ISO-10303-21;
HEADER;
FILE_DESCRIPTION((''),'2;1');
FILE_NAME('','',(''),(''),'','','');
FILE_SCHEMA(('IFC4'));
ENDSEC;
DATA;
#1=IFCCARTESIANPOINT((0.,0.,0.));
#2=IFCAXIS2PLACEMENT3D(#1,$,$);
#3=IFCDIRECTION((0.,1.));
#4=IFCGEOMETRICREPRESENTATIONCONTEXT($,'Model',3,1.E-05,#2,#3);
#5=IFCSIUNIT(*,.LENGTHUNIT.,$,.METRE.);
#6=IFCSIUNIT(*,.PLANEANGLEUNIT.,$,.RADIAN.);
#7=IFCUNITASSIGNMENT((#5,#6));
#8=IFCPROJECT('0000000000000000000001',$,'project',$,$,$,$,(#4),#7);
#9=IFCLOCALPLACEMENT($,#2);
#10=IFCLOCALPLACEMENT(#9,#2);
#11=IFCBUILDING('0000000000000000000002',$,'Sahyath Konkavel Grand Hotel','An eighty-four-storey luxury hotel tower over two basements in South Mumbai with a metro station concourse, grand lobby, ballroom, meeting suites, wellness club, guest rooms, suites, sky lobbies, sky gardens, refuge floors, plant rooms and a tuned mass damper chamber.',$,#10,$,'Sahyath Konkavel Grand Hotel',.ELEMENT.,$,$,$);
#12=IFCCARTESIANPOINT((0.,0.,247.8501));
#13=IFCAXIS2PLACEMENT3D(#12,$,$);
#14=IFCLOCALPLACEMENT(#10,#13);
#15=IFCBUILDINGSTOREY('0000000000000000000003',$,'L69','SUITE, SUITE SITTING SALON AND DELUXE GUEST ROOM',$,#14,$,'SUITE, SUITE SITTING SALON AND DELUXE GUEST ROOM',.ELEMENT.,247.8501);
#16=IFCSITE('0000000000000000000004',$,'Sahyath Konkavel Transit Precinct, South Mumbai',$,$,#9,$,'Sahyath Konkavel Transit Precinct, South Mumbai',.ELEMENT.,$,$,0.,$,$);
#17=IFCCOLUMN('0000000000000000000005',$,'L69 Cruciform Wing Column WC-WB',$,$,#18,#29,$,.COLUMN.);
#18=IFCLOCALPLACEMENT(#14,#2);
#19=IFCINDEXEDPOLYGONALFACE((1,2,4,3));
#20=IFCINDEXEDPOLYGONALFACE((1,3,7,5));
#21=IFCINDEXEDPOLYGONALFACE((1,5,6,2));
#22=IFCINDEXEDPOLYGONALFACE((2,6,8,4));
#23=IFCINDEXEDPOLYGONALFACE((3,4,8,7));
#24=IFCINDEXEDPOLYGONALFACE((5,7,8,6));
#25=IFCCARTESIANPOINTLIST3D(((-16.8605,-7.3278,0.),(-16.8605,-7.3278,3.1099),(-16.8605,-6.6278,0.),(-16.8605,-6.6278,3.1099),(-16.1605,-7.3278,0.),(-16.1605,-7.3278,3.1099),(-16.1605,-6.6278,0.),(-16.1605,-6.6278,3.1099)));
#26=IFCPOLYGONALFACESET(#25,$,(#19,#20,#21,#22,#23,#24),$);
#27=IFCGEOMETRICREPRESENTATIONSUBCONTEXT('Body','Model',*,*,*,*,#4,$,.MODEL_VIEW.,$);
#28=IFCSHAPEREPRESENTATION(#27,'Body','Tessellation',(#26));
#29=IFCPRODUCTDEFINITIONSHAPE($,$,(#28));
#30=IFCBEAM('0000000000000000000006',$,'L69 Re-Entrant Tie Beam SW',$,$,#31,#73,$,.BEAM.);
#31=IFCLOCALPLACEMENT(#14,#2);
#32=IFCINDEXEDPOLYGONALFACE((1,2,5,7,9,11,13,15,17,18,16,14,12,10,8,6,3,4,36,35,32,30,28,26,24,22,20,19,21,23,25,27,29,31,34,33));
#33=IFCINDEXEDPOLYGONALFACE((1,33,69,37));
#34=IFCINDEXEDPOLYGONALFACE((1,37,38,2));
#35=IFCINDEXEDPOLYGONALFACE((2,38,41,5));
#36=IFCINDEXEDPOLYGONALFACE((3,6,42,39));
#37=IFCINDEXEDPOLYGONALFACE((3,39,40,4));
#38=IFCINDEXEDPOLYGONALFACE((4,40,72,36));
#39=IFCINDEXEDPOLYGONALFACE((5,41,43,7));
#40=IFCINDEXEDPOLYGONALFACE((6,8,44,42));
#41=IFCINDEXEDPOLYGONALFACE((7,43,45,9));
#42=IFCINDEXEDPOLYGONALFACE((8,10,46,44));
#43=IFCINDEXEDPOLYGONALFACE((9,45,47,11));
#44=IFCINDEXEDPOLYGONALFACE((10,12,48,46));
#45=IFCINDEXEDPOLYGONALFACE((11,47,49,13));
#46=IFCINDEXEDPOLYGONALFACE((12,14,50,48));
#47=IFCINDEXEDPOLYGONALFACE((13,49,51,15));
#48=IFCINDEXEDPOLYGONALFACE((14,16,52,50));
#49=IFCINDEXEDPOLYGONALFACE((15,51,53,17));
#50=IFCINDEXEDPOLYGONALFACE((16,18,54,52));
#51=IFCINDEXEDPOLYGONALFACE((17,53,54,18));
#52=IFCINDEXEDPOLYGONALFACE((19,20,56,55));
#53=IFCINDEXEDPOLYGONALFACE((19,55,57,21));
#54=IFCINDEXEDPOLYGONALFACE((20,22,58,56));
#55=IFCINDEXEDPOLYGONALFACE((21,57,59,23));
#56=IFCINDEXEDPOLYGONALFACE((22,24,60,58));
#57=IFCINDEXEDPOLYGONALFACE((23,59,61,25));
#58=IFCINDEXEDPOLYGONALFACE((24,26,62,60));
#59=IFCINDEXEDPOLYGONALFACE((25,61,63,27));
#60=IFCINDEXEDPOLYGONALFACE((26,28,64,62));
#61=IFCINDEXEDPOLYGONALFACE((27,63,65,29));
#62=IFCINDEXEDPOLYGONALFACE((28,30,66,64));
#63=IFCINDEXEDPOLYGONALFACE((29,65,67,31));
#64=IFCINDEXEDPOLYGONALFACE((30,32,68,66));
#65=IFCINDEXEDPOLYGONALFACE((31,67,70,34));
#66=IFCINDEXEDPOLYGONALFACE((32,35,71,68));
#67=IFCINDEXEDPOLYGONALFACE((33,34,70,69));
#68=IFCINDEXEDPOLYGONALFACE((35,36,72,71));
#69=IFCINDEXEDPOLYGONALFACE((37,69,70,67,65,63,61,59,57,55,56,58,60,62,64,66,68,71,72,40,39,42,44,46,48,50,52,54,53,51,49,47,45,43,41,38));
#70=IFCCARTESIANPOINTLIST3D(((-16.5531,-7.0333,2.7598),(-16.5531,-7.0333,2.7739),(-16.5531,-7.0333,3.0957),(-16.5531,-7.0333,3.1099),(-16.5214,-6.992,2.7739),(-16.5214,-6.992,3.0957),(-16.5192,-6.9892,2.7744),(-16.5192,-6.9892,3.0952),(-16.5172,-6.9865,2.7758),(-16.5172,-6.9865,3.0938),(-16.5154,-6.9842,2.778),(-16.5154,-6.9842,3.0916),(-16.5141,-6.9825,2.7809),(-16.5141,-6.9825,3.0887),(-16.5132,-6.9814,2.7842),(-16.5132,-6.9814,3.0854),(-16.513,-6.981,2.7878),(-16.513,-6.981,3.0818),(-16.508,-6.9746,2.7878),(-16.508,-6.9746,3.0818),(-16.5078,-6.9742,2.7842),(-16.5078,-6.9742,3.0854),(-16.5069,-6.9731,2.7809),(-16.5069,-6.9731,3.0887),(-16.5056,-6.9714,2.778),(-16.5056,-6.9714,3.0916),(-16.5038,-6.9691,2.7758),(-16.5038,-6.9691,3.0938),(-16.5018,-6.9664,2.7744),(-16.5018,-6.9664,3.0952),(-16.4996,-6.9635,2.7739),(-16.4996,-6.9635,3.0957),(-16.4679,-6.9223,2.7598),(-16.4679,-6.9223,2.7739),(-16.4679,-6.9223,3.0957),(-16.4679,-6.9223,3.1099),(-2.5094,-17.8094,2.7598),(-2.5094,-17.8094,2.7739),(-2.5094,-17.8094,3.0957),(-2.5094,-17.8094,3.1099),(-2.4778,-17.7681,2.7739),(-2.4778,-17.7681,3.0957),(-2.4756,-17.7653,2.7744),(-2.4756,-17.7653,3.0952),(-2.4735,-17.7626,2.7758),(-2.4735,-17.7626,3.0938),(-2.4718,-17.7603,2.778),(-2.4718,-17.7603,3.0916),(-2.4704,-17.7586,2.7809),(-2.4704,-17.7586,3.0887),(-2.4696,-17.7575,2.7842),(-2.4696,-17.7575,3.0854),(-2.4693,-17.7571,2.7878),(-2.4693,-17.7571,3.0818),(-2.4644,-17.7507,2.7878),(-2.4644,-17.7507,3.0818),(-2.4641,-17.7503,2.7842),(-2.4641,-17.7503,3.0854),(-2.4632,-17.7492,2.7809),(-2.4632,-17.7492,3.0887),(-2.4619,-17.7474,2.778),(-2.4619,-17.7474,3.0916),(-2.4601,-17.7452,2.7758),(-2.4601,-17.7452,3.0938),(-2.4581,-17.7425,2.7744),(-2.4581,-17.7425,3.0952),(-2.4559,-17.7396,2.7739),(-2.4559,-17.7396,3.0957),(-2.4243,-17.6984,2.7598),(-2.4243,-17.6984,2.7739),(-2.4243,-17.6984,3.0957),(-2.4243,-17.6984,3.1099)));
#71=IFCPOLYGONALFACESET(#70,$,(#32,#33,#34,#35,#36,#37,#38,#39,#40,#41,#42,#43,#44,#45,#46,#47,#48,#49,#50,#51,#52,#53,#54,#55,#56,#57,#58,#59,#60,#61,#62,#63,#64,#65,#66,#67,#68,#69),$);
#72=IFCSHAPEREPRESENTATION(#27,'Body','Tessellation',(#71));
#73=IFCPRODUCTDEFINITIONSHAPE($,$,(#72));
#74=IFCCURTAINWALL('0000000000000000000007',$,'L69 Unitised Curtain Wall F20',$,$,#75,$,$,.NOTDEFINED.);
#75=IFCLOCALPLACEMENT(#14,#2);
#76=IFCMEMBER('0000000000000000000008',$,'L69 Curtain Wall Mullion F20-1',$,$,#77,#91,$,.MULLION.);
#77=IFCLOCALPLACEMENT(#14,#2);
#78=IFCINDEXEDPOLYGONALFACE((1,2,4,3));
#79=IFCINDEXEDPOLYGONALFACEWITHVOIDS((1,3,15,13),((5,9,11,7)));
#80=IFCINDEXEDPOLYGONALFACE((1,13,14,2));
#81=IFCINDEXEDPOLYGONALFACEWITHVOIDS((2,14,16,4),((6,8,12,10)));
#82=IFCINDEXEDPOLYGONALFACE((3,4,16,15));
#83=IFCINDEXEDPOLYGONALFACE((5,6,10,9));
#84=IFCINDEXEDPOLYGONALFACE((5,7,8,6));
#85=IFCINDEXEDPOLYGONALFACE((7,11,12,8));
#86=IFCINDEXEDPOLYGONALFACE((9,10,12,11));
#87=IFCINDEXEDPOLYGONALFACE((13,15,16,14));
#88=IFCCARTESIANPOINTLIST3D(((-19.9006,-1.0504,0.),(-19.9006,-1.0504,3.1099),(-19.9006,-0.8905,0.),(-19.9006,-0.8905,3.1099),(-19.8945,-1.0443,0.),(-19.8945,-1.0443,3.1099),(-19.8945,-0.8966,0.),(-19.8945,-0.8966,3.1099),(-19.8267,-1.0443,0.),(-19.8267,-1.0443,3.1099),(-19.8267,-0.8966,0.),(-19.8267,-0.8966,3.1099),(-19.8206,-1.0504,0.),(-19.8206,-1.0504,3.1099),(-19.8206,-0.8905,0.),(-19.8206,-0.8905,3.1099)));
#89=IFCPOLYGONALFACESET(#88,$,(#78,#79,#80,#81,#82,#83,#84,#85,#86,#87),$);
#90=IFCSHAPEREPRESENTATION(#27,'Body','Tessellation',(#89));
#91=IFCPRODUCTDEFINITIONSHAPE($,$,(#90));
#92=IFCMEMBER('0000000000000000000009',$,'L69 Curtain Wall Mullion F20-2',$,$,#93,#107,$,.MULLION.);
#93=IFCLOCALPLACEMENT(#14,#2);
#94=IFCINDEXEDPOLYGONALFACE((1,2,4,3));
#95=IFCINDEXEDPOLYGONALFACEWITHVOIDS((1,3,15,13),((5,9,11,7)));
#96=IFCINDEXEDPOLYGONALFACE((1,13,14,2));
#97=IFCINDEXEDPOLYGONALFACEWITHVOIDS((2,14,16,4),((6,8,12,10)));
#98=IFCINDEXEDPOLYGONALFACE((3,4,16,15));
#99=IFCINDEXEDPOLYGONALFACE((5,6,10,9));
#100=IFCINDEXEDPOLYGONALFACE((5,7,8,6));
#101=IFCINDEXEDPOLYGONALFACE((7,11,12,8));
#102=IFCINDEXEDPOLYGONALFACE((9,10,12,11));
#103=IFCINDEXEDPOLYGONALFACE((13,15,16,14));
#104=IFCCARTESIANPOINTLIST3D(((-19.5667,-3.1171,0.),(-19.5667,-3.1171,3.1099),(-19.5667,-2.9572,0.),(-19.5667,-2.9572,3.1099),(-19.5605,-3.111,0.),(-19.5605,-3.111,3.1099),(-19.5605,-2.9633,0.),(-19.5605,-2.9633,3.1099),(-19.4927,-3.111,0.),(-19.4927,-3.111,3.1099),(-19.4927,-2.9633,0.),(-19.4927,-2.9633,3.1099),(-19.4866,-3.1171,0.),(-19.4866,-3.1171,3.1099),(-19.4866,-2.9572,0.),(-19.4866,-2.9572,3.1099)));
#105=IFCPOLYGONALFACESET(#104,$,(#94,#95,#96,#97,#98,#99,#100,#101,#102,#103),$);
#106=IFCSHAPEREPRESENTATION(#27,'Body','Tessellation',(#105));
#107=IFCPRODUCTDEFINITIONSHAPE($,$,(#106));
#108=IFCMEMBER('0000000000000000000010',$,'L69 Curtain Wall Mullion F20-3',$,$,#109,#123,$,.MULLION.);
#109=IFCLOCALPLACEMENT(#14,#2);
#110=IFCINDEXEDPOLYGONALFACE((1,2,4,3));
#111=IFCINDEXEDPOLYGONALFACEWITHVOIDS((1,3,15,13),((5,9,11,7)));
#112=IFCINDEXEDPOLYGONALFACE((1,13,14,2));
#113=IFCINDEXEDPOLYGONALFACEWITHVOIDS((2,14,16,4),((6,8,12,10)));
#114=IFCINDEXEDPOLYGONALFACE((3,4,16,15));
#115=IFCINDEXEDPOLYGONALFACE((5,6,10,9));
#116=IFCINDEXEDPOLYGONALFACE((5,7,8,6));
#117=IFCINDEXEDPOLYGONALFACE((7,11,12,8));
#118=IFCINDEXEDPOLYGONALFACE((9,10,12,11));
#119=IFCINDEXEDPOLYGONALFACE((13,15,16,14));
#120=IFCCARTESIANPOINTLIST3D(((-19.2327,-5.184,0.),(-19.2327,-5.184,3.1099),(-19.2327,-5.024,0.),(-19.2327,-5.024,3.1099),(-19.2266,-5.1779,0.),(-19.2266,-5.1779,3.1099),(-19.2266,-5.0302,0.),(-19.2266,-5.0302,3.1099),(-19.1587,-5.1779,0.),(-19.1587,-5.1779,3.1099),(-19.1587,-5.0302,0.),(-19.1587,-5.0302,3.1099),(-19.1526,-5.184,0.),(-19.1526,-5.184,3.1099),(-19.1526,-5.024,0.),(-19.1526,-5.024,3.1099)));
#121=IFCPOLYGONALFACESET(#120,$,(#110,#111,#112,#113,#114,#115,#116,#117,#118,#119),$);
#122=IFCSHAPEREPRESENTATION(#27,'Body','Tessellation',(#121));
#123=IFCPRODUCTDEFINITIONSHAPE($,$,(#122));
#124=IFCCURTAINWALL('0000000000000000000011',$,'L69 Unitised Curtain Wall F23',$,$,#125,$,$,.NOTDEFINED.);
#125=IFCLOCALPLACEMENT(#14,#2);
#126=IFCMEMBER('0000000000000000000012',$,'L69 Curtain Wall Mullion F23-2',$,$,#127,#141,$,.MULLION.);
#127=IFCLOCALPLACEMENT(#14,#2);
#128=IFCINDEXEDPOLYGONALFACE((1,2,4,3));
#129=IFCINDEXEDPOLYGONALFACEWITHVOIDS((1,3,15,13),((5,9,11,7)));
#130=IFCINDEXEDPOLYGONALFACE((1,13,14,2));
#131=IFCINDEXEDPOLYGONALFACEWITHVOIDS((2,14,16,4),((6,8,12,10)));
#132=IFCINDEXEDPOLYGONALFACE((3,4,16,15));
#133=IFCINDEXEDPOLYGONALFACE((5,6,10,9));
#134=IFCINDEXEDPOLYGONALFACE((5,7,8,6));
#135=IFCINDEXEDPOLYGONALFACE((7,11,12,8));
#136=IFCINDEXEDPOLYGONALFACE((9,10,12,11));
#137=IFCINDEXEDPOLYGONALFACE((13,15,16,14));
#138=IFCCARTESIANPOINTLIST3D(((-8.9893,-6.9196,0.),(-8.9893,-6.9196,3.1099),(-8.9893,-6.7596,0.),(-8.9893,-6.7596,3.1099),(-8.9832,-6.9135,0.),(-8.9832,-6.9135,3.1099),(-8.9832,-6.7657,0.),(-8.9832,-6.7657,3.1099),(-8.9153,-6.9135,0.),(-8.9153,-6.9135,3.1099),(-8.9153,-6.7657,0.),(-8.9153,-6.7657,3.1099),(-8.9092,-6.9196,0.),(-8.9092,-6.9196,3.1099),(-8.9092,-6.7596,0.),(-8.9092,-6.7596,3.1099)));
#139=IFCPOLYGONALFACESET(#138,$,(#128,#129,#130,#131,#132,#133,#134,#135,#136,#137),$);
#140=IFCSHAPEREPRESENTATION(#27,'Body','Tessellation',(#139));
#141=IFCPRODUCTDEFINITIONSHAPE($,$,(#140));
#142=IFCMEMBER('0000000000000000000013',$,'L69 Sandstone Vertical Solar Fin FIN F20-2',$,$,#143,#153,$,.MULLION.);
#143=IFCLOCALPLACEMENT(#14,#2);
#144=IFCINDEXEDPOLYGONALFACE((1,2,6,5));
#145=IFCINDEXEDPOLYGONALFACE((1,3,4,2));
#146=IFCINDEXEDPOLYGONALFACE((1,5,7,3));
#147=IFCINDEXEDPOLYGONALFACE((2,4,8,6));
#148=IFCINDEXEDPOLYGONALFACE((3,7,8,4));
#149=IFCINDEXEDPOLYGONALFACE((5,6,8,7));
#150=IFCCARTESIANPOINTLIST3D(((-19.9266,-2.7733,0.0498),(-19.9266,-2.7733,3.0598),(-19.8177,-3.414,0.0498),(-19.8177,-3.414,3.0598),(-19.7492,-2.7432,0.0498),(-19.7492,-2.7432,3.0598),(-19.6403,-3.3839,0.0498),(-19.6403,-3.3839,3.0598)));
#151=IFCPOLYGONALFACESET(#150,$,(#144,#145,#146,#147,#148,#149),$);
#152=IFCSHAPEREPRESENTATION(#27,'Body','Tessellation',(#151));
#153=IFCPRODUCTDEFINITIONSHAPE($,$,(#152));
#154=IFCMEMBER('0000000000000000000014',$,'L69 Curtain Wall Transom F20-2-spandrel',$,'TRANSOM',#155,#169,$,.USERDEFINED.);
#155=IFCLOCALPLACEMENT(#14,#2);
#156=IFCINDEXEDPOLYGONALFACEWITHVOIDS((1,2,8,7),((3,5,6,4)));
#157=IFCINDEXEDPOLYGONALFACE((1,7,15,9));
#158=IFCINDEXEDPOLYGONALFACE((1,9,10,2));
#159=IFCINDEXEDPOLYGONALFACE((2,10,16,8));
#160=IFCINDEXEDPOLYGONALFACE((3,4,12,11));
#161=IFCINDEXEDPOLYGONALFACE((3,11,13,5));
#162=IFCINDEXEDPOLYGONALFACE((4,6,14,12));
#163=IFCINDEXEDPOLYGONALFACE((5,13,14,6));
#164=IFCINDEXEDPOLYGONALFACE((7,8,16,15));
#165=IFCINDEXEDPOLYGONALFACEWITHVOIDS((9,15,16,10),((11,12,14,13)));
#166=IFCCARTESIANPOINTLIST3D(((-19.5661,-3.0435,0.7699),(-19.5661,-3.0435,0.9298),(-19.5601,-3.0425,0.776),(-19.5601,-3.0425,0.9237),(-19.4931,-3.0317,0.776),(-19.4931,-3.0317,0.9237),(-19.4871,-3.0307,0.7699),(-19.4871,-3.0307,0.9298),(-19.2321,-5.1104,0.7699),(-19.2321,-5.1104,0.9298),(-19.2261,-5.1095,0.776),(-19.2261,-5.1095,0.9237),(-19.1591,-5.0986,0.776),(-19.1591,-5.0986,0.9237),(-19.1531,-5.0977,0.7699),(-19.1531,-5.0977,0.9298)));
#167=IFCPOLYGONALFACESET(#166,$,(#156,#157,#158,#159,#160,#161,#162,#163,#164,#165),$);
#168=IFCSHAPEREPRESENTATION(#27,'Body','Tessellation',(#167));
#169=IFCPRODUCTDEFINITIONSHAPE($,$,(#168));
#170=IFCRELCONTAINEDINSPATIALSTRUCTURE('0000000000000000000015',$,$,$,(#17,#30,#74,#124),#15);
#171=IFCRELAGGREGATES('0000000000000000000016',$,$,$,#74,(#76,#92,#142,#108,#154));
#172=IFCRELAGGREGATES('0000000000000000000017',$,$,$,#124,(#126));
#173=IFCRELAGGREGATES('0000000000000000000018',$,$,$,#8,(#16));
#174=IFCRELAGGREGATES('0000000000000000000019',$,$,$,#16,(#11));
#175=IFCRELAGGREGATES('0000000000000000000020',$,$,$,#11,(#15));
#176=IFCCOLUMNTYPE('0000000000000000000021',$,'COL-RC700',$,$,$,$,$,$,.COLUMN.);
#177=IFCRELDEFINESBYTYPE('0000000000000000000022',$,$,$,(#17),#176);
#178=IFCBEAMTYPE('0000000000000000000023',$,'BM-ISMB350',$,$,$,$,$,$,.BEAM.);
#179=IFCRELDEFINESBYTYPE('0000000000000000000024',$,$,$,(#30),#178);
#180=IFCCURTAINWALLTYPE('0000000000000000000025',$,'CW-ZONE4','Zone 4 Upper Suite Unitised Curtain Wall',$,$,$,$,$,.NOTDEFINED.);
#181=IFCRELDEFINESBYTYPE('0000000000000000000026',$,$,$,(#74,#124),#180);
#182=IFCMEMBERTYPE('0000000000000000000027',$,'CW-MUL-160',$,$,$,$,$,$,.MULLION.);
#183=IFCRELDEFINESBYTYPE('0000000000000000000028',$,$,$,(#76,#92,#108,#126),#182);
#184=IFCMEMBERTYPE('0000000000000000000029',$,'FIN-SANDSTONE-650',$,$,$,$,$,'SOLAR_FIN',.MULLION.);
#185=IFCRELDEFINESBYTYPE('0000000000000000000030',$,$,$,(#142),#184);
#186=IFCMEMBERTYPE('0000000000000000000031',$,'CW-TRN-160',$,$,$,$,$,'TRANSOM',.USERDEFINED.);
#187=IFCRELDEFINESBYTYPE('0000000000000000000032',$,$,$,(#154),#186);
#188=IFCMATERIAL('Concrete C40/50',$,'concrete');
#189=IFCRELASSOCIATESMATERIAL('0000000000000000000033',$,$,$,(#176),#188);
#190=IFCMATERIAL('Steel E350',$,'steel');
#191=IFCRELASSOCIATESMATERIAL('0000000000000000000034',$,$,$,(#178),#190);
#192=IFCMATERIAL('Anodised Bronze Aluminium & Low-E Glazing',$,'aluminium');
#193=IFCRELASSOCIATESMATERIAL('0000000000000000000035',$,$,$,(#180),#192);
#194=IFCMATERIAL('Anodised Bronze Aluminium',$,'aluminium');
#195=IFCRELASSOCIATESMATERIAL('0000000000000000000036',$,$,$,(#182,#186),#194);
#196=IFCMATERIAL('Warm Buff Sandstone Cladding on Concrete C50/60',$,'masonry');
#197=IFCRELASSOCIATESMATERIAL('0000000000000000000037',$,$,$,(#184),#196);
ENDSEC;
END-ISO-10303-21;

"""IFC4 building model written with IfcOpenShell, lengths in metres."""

from ifc_helpers import new_model, si_unit, direction, frame, origin, origin_2d, place, context, subcontext, project, spatial, rectangle, hollow_rectangle, i_section, extrude, source, transform, mapped, material, material_profile, profile_set, type_object, element, aggregate, save


model = new_model("IFC4")

# Units and contexts
model_context = context("Model", 3, precision=1e-05, world=origin(), true_north=direction((0.0, 1.0)))
body_context = subcontext(model_context, "Body", "Model", "MODEL_VIEW")
ifc_project = project(units=[si_unit("LENGTHUNIT", "METRE"), si_unit("PLANEANGLEUNIT", "RADIAN")], contexts=[model_context])

# Site, building, storey
site_placement = place(None, origin())
site = spatial("IfcSite", under=ifc_project, at=site_placement, Name="Sahyath Konkavel Transit Precinct, South Mumbai", LongName="Sahyath Konkavel Transit Precinct, South Mumbai", CompositionType="ELEMENT", RefElevation=0.0)
building_placement = place(site_placement, origin())
building = spatial("IfcBuilding", under=site, at=building_placement, Name="Sahyath Konkavel Grand Hotel", Description="An eighty-four-storey luxury hotel tower over two basements in South Mumbai with a metro station concourse, grand lobby, ballroom, meeting suites, wellness club, guest rooms, suites, sky lobbies, sky gardens, refuge floors, plant rooms and a tuned mass damper chamber.", LongName="Sahyath Konkavel Grand Hotel", CompositionType="ELEMENT")
storey_placement = place(building_placement, frame((0.0, 0.0, 247.8501)))
storey = spatial("IfcBuildingStorey", under=building, at=storey_placement, Name="L69", Description="SUITE, SUITE SITTING SALON AND DELUXE GUEST ROOM", LongName="SUITE, SUITE SITTING SALON AND DELUXE GUEST ROOM", CompositionType="ELEMENT", Elevation=247.8501)

# Column
ifc_material_1 = material(Name="Concrete C40/50", Category="concrete")
ifc_material_profile_1 = material_profile(ifc_material_1, rectangle(XDim=0.7, YDim=0.7, at=origin_2d()), Name="RC 700x700")
ifc_profile_set_1 = profile_set([ifc_material_profile_1], Name="Concrete C40/50")
column_type = type_object("IfcColumnType", Name="COL-RC700", PredefinedType="COLUMN", material=ifc_profile_set_1)
shared_shape_1 = source(origin(), body_context, "Body", "SweptSolid", [
    extrude(rectangle(XDim=0.7, YDim=0.7, at=origin_2d()), origin(), (0.0, 0.0, 1.0), 3.1099),
])
column_placement = place(storey_placement, frame((-16.5105, -6.9778, 0.0), z_axis=(0.0, 0.0, 1.0), x_axis=(1.0, 0.0, 0.0)))
element("IfcColumn", 1, at=column_placement, inside=storey, type_object=column_type, Name="L69 Cruciform Wing Column WC-WB", PredefinedType="COLUMN", context=body_context, shape_type="MappedRepresentation", body=[
    mapped(shared_shape_1, transform((0.0, 0.0, 0.0), scale=1.0)),
])

# Beam
ifc_material_2 = material(Name="Steel E350", Category="steel")
ifc_material_profile_2 = material_profile(ifc_material_2, i_section(OverallWidth=0.1399, OverallDepth=0.3501, WebThickness=0.0081, FlangeThickness=0.0142, FilletRadius=0.0139, at=origin_2d()), Name="ISMB 350")
ifc_profile_set_2 = profile_set([ifc_material_profile_2], Name="Steel E350")
beam_type_1 = type_object("IfcBeamType", Name="BM-ISMB350", PredefinedType="BEAM", material=ifc_profile_set_2)
shared_shape_2 = source(origin(), body_context, "Body", "SweptSolid", [
    extrude(i_section(OverallWidth=0.1399, OverallDepth=0.3501, WebThickness=0.0081, FlangeThickness=0.0142, FilletRadius=0.0139, at=origin_2d()), origin(), (0.0, 0.0, 1.0), 17.7017),
])
beam_1_placement = place(storey_placement, frame((-16.5105, -6.9778, 2.9348), z_axis=(0.793353, -0.608762, 0.0), x_axis=(0.608762, 0.793353, 0.0)))
element("IfcBeam", 2, at=beam_1_placement, inside=storey, type_object=beam_type_1, Name="L69 Re-Entrant Tie Beam SW", PredefinedType="BEAM", context=body_context, shape_type="MappedRepresentation", body=[
    mapped(shared_shape_2, transform((0.0, 0.0, 0.0), scale=1.0)),
])

# Curtain wall, members
ifc_material_3 = material(Name="Anodised Bronze Aluminium & Low-E Glazing", Category="aluminium")
curtain_wall_type = type_object("IfcCurtainWallType", Name="CW-ZONE4", Description="Zone 4 Upper Suite Unitised Curtain Wall", PredefinedType="NOTDEFINED", material=ifc_material_3)
curtain_wall_1_placement = place(storey_placement, origin())
curtain_wall_1 = element("IfcCurtainWall", 3, at=curtain_wall_1_placement, inside=storey, type_object=curtain_wall_type, Name="L69 Unitised Curtain Wall F20", PredefinedType="NOTDEFINED")
ifc_material_4 = material(Name="Anodised Bronze Aluminium", Category="aluminium")
ifc_material_profile_3 = material_profile(ifc_material_4, hollow_rectangle(XDim=0.0801, YDim=0.1599, WallThickness=0.0061, at=origin_2d()), Name="RHS 160x80x6")
ifc_profile_set_3 = profile_set([ifc_material_profile_3], Name="Anodised Bronze Aluminium")
member_type_1 = type_object("IfcMemberType", Name="CW-MUL-160", PredefinedType="MULLION", material=ifc_profile_set_3)
shared_shape_3 = source(origin(), body_context, "Body", "SweptSolid", [
    extrude(hollow_rectangle(XDim=0.0801, YDim=0.1599, WallThickness=0.0061, at=origin_2d()), origin(), (0.0, 0.0, 1.0), 3.1099),
])
member_1_placement = place(storey_placement, frame((-19.8606, -0.9705, 0.0), z_axis=(0.0, 0.0, 1.0), x_axis=(1.0, 0.0, 0.0)))
member_1 = element("IfcMember", 4, at=member_1_placement, type_object=member_type_1, Name="L69 Curtain Wall Mullion F20-1", PredefinedType="MULLION", context=body_context, shape_type="MappedRepresentation", body=[
    mapped(shared_shape_3, transform((0.0, 0.0, 0.0), scale=1.0)),
])
member_2_placement = place(storey_placement, frame((-19.5266, -3.0371, 0.0), z_axis=(0.0, 0.0, 1.0), x_axis=(1.0, 0.0, 0.0)))
member_2 = element("IfcMember", 5, at=member_2_placement, type_object=member_type_1, Name="L69 Curtain Wall Mullion F20-2", PredefinedType="MULLION", context=body_context, shape_type="MappedRepresentation", body=[
    mapped(shared_shape_3, transform((0.0, 0.0, 0.0), scale=1.0)),
])
member_3_placement = place(storey_placement, frame((-19.1926, -5.104, 0.0), z_axis=(0.0, 0.0, 1.0), x_axis=(1.0, 0.0, 0.0)))
member_3 = element("IfcMember", 6, at=member_3_placement, type_object=member_type_1, Name="L69 Curtain Wall Mullion F20-3", PredefinedType="MULLION", context=body_context, shape_type="MappedRepresentation", body=[
    mapped(shared_shape_3, transform((0.0, 0.0, 0.0), scale=1.0)),
])

# Curtain wall, member
curtain_wall_2_placement = place(storey_placement, origin())
curtain_wall_2 = element("IfcCurtainWall", 7, at=curtain_wall_2_placement, inside=storey, type_object=curtain_wall_type, Name="L69 Unitised Curtain Wall F23", PredefinedType="NOTDEFINED")
member_4_placement = place(storey_placement, frame((-8.9492, -6.8396, 0.0), z_axis=(0.0, 0.0, 1.0), x_axis=(1.0, 0.0, 0.0)))
member_4 = element("IfcMember", 8, at=member_4_placement, type_object=member_type_1, Name="L69 Curtain Wall Mullion F23-2", PredefinedType="MULLION", context=body_context, shape_type="MappedRepresentation", body=[
    mapped(shared_shape_3, transform((0.0, 0.0, 0.0), scale=1.0)),
])

# Members
ifc_material_5 = material(Name="Warm Buff Sandstone Cladding on Concrete C50/60", Category="masonry")
ifc_material_profile_4 = material_profile(ifc_material_5, rectangle(XDim=0.1799, YDim=0.6499, at=origin_2d()), Name="FIN 180x650")
ifc_profile_set_4 = profile_set([ifc_material_profile_4], Name="Warm Buff Sandstone Cladding on Concrete C50/60")
member_type_2 = type_object("IfcMemberType", Name="FIN-SANDSTONE-650", ElementType="SOLAR_FIN", PredefinedType="MULLION", material=ifc_profile_set_4)
shared_shape_4 = source(origin(), body_context, "Body", "SweptSolid", [
    extrude(rectangle(XDim=0.1799, YDim=0.6499, at=origin_2d()), origin(), (0.0, 0.0, 1.0), 3.01),
])
member_5_placement = place(storey_placement, frame((-19.7834, -3.0786, 0.0498), z_axis=(0.0, 0.0, 1.0), x_axis=(0.985879, 0.167457, 0.0)))
member_5 = element("IfcMember", 9, at=member_5_placement, type_object=member_type_2, Name="L69 Sandstone Vertical Solar Fin FIN F20-2", PredefinedType="MULLION", context=body_context, shape_type="MappedRepresentation", body=[
    mapped(shared_shape_4, transform((0.0, 0.0, 0.0), scale=1.0)),
])
ifc_material_profile_5 = material_profile(ifc_material_4, hollow_rectangle(XDim=0.0801, YDim=0.1599, WallThickness=0.0061, at=origin_2d()), Name="RHS 160x80x6")
ifc_profile_set_5 = profile_set([ifc_material_profile_5], Name="Anodised Bronze Aluminium")
member_type_3 = type_object("IfcMemberType", Name="CW-TRN-160", ElementType="TRANSOM", PredefinedType="USERDEFINED", material=ifc_profile_set_5)
shared_shape_5 = source(origin(), body_context, "Body", "SweptSolid", [
    extrude(hollow_rectangle(XDim=0.0801, YDim=0.1599, WallThickness=0.0061, at=origin_2d()), origin(), (0.0, 0.0, 1.0), 2.0938),
])
member_6_placement = place(storey_placement, frame((-19.5266, -3.0371, 0.8499), z_axis=(0.159518, -0.987195, 0.0), x_axis=(0.987195, 0.159518, 0.0)))
member_6 = element("IfcMember", 10, at=member_6_placement, type_object=member_type_3, Name="L69 Curtain Wall Transom F20-2-spandrel", ObjectType="TRANSOM", PredefinedType="USERDEFINED", context=body_context, shape_type="MappedRepresentation", body=[
    mapped(shared_shape_5, transform((0.0, 0.0, 0.0), scale=1.0)),
])

aggregate(curtain_wall_1, [member_1, member_2, member_5, member_3, member_6])
aggregate(curtain_wall_2, [member_4])

save(model, "model.ifc")
